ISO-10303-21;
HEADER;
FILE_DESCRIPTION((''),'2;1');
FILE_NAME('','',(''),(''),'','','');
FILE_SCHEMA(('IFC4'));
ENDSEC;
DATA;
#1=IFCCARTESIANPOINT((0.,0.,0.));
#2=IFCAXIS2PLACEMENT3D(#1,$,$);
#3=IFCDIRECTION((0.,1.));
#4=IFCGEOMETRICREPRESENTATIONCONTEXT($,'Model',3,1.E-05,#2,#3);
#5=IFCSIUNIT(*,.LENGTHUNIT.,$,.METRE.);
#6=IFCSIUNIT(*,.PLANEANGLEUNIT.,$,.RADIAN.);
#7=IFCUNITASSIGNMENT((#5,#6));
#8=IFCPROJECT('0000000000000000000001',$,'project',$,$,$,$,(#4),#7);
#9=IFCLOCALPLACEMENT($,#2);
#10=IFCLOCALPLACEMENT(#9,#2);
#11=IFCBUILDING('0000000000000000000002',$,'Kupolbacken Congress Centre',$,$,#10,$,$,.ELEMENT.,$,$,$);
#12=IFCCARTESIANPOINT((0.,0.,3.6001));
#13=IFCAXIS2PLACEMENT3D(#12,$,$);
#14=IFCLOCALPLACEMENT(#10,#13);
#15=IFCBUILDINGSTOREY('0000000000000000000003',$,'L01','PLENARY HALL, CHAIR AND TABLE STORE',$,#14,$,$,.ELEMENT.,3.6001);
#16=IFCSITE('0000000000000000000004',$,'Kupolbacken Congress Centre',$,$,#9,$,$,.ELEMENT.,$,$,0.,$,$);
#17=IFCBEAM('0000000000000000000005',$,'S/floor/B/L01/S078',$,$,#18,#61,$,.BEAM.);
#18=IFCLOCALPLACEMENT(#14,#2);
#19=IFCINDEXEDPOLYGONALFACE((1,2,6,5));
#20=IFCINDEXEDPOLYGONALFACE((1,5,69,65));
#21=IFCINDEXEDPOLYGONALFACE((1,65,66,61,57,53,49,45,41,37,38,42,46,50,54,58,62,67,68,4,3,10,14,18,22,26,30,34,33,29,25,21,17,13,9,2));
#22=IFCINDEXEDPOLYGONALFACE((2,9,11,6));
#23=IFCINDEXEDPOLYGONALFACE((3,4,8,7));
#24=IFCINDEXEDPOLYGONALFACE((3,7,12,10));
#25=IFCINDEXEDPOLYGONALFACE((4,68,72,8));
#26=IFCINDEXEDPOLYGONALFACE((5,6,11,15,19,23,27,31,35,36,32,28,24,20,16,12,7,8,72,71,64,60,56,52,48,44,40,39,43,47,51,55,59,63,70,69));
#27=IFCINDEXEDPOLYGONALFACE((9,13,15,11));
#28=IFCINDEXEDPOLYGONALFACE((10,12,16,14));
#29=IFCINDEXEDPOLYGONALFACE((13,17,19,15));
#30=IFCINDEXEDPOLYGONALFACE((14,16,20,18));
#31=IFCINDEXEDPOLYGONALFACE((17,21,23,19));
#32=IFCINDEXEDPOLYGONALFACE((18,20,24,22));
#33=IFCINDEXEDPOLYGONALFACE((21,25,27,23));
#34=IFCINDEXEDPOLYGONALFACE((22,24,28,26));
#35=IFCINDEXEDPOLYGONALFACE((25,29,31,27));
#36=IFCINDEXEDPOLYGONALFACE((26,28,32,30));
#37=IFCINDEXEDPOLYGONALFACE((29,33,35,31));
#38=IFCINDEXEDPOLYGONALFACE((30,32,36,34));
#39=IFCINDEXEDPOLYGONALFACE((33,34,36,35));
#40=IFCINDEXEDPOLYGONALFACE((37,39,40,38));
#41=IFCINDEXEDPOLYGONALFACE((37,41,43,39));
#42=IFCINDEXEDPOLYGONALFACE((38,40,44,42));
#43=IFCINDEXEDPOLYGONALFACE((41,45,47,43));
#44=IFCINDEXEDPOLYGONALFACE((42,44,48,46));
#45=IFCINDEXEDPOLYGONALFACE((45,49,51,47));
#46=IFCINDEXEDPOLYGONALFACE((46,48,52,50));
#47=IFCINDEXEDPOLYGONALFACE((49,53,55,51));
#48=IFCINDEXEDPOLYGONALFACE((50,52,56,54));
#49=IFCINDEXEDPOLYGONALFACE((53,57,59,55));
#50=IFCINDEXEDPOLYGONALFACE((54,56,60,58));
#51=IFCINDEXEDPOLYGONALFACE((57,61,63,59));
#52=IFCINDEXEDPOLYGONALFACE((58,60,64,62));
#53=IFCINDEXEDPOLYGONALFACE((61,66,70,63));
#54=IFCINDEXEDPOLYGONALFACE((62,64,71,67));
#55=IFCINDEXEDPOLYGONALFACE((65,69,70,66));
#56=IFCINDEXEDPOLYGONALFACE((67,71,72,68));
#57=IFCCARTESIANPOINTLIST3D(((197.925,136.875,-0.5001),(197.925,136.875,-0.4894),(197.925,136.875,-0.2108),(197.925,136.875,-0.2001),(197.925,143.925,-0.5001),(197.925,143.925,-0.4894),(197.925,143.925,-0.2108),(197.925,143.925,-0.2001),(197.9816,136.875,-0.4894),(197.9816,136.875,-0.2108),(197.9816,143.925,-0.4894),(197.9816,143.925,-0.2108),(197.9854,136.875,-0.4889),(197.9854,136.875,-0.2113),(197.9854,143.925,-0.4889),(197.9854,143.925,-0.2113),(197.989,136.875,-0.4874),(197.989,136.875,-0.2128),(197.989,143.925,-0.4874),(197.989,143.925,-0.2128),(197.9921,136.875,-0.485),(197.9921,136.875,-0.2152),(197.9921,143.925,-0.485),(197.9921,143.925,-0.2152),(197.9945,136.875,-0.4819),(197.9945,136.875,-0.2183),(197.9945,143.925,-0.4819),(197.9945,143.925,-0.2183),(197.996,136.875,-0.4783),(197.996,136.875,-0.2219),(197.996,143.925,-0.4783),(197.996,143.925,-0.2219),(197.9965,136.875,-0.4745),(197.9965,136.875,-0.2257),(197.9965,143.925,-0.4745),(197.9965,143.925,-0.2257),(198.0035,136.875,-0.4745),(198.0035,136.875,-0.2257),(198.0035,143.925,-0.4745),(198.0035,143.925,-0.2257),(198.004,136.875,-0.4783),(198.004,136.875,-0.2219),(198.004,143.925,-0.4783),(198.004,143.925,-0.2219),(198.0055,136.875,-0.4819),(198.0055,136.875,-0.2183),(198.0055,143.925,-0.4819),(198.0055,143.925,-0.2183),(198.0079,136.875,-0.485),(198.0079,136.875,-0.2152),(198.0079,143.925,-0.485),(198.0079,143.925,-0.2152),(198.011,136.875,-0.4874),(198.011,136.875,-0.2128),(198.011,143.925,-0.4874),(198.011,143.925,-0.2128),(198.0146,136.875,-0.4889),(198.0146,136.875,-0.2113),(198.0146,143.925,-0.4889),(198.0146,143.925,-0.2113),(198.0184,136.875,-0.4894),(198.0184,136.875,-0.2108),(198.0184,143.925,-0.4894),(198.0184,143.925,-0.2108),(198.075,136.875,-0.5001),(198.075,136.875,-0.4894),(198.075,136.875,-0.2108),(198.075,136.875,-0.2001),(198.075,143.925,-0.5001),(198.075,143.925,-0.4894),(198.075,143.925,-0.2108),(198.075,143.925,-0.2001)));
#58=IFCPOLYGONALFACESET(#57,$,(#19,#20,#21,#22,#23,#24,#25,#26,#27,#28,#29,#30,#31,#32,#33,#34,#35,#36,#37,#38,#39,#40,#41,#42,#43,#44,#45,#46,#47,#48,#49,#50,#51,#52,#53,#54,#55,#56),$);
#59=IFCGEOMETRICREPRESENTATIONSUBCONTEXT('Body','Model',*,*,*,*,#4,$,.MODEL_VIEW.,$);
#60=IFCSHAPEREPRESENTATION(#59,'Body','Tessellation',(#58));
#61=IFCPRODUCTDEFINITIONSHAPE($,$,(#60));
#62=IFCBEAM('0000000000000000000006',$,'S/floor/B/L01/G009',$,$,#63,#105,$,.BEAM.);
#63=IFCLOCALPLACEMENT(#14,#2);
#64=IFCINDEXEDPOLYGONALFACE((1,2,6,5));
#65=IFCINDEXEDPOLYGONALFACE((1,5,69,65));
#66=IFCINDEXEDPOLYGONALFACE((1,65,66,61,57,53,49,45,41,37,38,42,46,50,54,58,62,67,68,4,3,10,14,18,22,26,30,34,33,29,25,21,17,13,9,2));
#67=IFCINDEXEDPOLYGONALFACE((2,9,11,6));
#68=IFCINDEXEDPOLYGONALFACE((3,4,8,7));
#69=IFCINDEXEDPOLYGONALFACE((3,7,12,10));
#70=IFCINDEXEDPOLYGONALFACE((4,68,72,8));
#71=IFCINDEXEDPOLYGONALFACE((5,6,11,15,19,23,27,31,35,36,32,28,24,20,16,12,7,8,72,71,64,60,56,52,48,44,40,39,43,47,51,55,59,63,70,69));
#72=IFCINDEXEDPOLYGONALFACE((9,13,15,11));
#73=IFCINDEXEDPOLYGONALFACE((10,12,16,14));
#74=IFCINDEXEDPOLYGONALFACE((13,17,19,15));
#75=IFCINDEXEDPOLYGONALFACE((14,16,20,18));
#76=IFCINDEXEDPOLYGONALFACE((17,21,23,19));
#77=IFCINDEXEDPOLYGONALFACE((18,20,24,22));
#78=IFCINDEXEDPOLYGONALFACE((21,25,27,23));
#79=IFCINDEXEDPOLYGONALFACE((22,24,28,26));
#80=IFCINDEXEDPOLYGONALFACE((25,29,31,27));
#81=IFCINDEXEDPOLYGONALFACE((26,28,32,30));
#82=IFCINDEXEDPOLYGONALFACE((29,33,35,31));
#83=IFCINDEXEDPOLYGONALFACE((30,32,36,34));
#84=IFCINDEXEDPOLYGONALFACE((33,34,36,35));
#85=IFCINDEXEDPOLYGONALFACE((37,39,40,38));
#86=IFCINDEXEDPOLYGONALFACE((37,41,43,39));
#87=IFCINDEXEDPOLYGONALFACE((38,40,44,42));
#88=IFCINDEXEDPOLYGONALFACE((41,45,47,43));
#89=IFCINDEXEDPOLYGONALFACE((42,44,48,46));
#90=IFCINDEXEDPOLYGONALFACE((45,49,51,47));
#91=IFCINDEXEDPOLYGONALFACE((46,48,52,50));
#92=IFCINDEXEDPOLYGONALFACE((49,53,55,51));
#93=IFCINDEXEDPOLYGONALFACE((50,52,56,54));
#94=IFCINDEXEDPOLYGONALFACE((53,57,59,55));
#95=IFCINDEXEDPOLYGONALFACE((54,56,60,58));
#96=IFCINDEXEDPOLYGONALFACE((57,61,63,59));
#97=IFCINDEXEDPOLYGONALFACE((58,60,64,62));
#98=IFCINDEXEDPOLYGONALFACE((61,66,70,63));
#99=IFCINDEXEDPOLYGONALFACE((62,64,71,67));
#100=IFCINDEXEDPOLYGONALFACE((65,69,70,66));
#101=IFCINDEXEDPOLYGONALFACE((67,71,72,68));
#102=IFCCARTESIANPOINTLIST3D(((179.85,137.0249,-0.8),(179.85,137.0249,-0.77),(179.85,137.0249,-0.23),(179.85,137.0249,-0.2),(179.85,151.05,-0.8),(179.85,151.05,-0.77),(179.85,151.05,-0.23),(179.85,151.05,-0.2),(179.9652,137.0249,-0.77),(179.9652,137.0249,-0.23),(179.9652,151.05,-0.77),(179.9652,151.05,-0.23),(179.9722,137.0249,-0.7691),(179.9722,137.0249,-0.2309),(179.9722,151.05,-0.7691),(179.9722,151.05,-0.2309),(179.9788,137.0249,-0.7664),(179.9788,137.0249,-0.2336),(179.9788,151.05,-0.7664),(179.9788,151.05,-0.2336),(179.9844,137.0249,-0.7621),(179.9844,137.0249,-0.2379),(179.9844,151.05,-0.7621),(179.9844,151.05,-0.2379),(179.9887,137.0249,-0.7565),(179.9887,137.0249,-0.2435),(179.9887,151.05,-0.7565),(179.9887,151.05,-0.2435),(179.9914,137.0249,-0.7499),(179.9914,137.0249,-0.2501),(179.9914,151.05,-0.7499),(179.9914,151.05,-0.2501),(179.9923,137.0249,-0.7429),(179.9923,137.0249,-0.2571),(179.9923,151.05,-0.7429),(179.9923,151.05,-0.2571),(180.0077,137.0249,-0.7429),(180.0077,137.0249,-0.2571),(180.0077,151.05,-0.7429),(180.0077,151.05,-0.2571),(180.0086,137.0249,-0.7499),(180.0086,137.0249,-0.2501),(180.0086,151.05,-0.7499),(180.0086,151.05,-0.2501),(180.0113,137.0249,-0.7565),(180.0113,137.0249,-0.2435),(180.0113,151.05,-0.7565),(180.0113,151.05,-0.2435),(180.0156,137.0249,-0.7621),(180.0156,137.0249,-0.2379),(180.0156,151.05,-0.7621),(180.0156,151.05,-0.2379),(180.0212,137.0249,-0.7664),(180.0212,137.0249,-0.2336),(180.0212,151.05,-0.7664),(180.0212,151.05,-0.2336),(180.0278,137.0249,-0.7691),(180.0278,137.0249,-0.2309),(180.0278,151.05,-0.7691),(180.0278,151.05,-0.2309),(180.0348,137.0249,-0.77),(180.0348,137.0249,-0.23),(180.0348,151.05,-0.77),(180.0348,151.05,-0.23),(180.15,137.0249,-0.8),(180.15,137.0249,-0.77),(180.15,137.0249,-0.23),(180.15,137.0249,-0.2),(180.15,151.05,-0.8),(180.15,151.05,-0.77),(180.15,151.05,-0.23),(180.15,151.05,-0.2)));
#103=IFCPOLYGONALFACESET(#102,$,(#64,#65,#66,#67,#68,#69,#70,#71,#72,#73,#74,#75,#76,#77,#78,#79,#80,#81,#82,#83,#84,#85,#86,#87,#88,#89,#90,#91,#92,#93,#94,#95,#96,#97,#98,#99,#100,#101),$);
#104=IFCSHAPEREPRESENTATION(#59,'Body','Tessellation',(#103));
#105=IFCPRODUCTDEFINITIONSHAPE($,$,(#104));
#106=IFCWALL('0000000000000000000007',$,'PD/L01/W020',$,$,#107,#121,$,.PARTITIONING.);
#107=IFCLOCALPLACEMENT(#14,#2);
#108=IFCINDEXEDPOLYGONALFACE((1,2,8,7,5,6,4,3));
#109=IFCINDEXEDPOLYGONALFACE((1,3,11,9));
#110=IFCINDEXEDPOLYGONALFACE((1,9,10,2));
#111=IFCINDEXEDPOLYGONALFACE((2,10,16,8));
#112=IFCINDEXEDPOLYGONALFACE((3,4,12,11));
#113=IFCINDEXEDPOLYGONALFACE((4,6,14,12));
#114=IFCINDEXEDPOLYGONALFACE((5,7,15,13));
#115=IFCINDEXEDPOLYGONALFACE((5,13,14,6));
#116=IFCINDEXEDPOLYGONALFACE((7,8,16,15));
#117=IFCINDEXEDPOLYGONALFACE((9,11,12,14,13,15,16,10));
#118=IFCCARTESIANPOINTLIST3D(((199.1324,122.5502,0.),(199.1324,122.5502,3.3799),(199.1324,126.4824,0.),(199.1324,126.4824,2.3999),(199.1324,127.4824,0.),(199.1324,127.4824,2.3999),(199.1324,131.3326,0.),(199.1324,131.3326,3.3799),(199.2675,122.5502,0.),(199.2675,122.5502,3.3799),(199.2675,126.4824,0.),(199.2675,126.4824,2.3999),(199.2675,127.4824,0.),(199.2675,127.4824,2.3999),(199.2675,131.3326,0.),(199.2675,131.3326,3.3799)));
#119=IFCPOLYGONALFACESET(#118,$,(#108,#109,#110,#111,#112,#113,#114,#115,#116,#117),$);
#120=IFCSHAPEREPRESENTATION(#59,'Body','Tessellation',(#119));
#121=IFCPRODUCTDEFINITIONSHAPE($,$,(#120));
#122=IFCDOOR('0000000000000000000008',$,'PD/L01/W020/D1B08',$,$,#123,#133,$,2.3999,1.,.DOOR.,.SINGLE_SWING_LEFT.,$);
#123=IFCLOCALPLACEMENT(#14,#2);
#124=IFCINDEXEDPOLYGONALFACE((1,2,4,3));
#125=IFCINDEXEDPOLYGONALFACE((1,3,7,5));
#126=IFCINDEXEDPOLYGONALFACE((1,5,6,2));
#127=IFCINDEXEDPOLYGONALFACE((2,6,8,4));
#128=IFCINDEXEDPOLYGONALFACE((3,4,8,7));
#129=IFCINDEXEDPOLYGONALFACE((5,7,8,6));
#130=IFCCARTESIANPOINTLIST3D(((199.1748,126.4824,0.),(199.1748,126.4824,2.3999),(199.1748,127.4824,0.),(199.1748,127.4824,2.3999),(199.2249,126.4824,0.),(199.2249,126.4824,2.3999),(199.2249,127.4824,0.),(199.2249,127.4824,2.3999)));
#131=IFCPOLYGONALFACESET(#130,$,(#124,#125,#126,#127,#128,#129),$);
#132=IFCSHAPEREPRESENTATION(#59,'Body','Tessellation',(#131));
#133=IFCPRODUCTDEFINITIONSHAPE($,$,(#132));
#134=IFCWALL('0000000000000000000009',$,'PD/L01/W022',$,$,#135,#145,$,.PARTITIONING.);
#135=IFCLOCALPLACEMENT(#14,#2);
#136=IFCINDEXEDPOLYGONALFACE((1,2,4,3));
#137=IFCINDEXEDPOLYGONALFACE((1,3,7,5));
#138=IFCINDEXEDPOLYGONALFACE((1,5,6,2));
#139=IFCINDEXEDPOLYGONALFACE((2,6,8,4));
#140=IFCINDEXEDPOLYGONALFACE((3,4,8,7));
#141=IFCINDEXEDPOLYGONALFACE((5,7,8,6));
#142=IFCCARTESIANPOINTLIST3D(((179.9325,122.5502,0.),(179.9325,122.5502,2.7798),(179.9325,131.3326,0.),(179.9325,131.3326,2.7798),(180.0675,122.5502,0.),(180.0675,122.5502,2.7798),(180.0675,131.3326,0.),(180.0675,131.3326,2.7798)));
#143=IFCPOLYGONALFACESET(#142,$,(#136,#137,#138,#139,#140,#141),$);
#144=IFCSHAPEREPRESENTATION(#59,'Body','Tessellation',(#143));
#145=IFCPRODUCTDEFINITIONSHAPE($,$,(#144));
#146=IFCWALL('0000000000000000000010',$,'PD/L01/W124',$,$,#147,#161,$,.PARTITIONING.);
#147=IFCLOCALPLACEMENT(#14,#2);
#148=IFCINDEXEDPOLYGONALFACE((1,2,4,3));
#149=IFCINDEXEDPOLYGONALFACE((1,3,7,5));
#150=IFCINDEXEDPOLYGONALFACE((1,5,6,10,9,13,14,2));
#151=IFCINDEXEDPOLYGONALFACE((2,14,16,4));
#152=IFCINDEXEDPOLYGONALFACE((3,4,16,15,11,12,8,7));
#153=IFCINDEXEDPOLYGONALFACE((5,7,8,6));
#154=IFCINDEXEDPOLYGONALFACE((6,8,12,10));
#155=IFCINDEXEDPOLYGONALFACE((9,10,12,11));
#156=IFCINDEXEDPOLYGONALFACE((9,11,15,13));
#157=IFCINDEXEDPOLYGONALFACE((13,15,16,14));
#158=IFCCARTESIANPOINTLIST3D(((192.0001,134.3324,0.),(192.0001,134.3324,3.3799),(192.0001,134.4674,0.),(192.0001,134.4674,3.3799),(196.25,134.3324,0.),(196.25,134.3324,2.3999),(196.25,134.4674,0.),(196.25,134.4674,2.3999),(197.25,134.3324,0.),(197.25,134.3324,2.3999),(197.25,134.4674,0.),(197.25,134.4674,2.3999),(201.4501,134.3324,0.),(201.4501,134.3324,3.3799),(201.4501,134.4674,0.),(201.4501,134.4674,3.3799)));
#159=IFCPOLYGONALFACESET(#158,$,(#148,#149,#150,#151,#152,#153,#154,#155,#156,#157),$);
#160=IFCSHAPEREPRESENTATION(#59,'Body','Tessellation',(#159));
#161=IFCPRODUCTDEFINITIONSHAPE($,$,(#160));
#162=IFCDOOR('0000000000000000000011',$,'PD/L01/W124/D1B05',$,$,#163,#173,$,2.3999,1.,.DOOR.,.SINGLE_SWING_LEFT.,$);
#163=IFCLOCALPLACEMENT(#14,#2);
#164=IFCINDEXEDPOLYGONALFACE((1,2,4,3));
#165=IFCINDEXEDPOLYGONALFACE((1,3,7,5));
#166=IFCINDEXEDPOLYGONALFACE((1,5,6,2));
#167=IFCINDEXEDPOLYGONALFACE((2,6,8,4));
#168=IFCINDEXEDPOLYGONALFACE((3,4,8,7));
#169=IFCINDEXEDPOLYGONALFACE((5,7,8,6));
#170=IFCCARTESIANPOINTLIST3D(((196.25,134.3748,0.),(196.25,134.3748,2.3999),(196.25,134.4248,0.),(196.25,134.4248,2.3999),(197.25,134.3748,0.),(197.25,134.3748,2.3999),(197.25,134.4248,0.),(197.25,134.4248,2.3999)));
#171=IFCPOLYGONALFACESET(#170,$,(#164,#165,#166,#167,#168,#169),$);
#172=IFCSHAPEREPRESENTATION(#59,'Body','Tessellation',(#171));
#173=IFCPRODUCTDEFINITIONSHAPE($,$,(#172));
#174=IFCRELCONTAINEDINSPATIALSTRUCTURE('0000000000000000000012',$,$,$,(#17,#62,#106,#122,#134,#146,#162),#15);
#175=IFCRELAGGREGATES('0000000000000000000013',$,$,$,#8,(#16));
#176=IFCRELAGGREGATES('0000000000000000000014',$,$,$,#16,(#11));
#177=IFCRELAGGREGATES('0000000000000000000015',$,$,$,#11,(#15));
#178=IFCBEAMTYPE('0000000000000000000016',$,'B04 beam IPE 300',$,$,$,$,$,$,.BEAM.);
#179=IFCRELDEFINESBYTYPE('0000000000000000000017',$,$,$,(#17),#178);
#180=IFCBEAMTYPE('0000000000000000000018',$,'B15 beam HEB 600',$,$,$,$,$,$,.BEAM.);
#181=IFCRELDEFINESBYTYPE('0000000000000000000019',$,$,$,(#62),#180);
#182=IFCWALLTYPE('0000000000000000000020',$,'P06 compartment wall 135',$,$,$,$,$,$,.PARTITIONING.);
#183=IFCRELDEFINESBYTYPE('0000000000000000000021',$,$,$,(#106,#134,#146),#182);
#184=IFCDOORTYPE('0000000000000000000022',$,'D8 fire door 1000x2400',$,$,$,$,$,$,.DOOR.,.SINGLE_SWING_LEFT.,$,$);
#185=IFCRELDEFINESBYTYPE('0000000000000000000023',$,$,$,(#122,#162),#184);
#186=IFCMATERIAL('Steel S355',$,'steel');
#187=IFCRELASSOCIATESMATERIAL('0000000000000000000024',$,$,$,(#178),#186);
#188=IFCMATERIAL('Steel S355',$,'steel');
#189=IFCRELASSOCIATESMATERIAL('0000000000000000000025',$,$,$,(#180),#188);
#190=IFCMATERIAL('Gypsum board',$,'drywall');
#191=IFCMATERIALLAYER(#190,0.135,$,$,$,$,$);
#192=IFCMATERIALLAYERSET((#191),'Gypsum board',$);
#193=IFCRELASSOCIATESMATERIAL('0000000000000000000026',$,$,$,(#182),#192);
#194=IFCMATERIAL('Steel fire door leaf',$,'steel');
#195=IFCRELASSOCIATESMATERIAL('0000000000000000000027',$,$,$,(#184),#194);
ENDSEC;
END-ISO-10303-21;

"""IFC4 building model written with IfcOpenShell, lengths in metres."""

from ifc_helpers import new_model, si_unit, direction, frame, frame_2d, origin, origin_2d, place, context, subcontext, project, spatial, rectangle, i_section, extrude, material, layer, layer_set, material_profile, profile_set, type_object, element, fill, save


model = new_model("IFC4")

# Units and contexts
model_context = context("Model", 3, precision=1e-05, world=origin(), true_north=direction((0.0, 1.0)))
body_context = subcontext(model_context, "Body", "Model", "MODEL_VIEW")
ifc_project = project(units=[si_unit("LENGTHUNIT", "METRE"), si_unit("PLANEANGLEUNIT", "RADIAN")], contexts=[model_context])

# Site, building, storey
site_placement = place(None, origin())
site = spatial("IfcSite", under=ifc_project, at=site_placement, Name="Kupolbacken Congress Centre", CompositionType="ELEMENT", RefElevation=0.0)
building_placement = place(site_placement, origin())
building = spatial("IfcBuilding", under=site, at=building_placement, Name="Kupolbacken Congress Centre", CompositionType="ELEMENT")
storey_placement = place(building_placement, frame((0.0, 0.0, 3.6001)))
storey = spatial("IfcBuildingStorey", under=building, at=storey_placement, Name="L01", Description="PLENARY HALL, CHAIR AND TABLE STORE", CompositionType="ELEMENT", Elevation=3.6001)

# Beams
ifc_material_1 = material(Name="Steel S355", Category="steel")
ifc_material_profile_1 = material_profile(ifc_material_1, i_section(OverallWidth=0.1499, OverallDepth=0.3, WebThickness=0.0071, FlangeThickness=0.0107, FilletRadius=0.0149, at=origin_2d()), Name="IPE 300")
ifc_profile_set_1 = profile_set([ifc_material_profile_1], Name="Steel S355")
beam_type_1 = type_object("IfcBeamType", Name="B04 beam IPE 300", PredefinedType="BEAM", material=ifc_profile_set_1)
beam_1_placement = place(storey_placement, frame((198.0, 136.875, -0.3501), z_axis=(0.0, 1.0, 0.0), x_axis=(-1.0, 0.0, 0.0)))
element("IfcBeam", 1, at=beam_1_placement, inside=storey, type_object=beam_type_1, Name="S/floor/B/L01/S078", PredefinedType="BEAM", context=body_context, shape_type="SweptSolid", body=[
    extrude(i_section(OverallWidth=0.1499, OverallDepth=0.3, WebThickness=0.0071, FlangeThickness=0.0107, FilletRadius=0.0149, at=origin_2d()), origin(), (0.0, 0.0, 1.0), 7.05),
])
ifc_material_2 = material(Name="Steel S355", Category="steel")
ifc_material_profile_2 = material_profile(ifc_material_2, i_section(OverallWidth=0.3, OverallDepth=0.6001, WebThickness=0.0154, FlangeThickness=0.03, FilletRadius=0.0271, at=origin_2d()), Name="HEB 600")
ifc_profile_set_2 = profile_set([ifc_material_profile_2], Name="Steel S355")
beam_type_2 = type_object("IfcBeamType", Name="B15 beam HEB 600", PredefinedType="BEAM", material=ifc_profile_set_2)
beam_2_placement = place(storey_placement, frame((180.0, 137.0249, -0.5), z_axis=(0.0, 1.0, 0.0), x_axis=(-1.0, 0.0, 0.0)))
element("IfcBeam", 2, at=beam_2_placement, inside=storey, type_object=beam_type_2, Name="S/floor/B/L01/G009", PredefinedType="BEAM", context=body_context, shape_type="SweptSolid", body=[
    extrude(i_section(OverallWidth=0.3, OverallDepth=0.6001, WebThickness=0.0154, FlangeThickness=0.03, FilletRadius=0.0271, at=origin_2d()), origin(), (0.0, 0.0, 1.0), 14.0251),
])

# Wall, opening, door
ifc_material_3 = material(Name="Gypsum board", Category="drywall")
ifc_layer_1 = layer(ifc_material_3, 0.135)
ifc_layer_set_1 = layer_set([ifc_layer_1], Name="Gypsum board")
wall_type_1 = type_object("IfcWallType", Name="P06 compartment wall 135", PredefinedType="PARTITIONING", material=ifc_layer_set_1)
wall_1_placement = place(storey_placement, frame((199.2, 131.3325, 0.0), z_axis=(0.0, 0.0, 1.0), x_axis=(0.0, -1.0, 0.0)))
wall_1 = element("IfcWall", 3, at=wall_1_placement, inside=storey, type_object=wall_type_1, Name="PD/L01/W020", PredefinedType="PARTITIONING", context=body_context, shape_type="SweptSolid", body=[
    extrude(rectangle(XDim=8.7825, YDim=0.135, at=frame_2d((4.3911, 0.0))), origin(), (0.0, 0.0, 1.0), 3.3799),
])
opening_1_placement = place(wall_1_placement, frame((3.8501, 0.0, 0.0)))
opening_1 = element("IfcOpeningElement", 4, at=opening_1_placement, cuts=wall_1, PredefinedType="OPENING", context=body_context, shape_type="SweptSolid", body=[
    extrude(rectangle(XDim=1.0, YDim=2.3999, at=frame_2d((0.5, 1.2))), frame((0.0, 0.0774, 0.0), z_axis=(0.0, -1.0, 0.0), x_axis=(1.0, 0.0, 0.0)), (0.0, 0.0, 1.0), 0.155),
])
ifc_material_4 = material(Name="Steel fire door leaf", Category="steel")
door_type = type_object("IfcDoorType", Name="D8 fire door 1000x2400", OperationType="SINGLE_SWING_LEFT", PredefinedType="DOOR", material=ifc_material_4)
door_1_placement = place(opening_1_placement, origin())
door_1 = element("IfcDoor", 5, at=door_1_placement, inside=storey, type_object=door_type, Name="PD/L01/W020/D1B08", OperationType="SINGLE_SWING_LEFT", OverallHeight=2.3999, OverallWidth=1.0, PredefinedType="DOOR", context=body_context, shape_type="SweptSolid", body=[
    extrude(rectangle(XDim=1.0, YDim=2.3999, at=frame_2d((0.5, 1.2))), frame((0.0, 0.0249, 0.0), z_axis=(0.0, -1.0, 0.0), x_axis=(1.0, 0.0, 0.0)), (0.0, 0.0, 1.0), 0.05),
])
fill(opening_1, door_1)

# Wall
wall_2_placement = place(storey_placement, frame((180.0, 131.3325, 0.0), z_axis=(0.0, 0.0, 1.0), x_axis=(0.0, -1.0, 0.0)))
element("IfcWall", 6, at=wall_2_placement, inside=storey, type_object=wall_type_1, Name="PD/L01/W022", PredefinedType="PARTITIONING", context=body_context, shape_type="SweptSolid", body=[
    extrude(rectangle(XDim=8.7825, YDim=0.135, at=frame_2d((4.3911, 0.0))), origin(), (0.0, 0.0, 1.0), 2.7798),
])

# Wall, opening, door
wall_3_placement = place(storey_placement, frame((192.0, 134.3999, 0.0), z_axis=(0.0, 0.0, 1.0), x_axis=(1.0, 0.0, 0.0)))
wall_3 = element("IfcWall", 7, at=wall_3_placement, inside=storey, type_object=wall_type_1, Name="PD/L01/W124", PredefinedType="PARTITIONING", context=body_context, shape_type="SweptSolid", body=[
    extrude(rectangle(XDim=9.45, YDim=0.135, at=frame_2d((4.7251, 0.0))), origin(), (0.0, 0.0, 1.0), 3.3799),
])
opening_2_placement = place(wall_3_placement, frame((4.25, 0.0, 0.0)))
opening_2 = element("IfcOpeningElement", 8, at=opening_2_placement, cuts=wall_3, PredefinedType="OPENING", context=body_context, shape_type="SweptSolid", body=[
    extrude(rectangle(XDim=1.0, YDim=2.3999, at=frame_2d((0.5, 1.2))), frame((0.0, 0.0774, 0.0), z_axis=(0.0, -1.0, 0.0), x_axis=(1.0, 0.0, 0.0)), (0.0, 0.0, 1.0), 0.155),
])
door_2_placement = place(opening_2_placement, origin())
door_2 = element("IfcDoor", 9, at=door_2_placement, inside=storey, type_object=door_type, Name="PD/L01/W124/D1B05", OperationType="SINGLE_SWING_LEFT", OverallHeight=2.3999, OverallWidth=1.0, PredefinedType="DOOR", context=body_context, shape_type="SweptSolid", body=[
    extrude(rectangle(XDim=1.0, YDim=2.3999, at=frame_2d((0.5, 1.2))), frame((0.0, 0.0249, 0.0), z_axis=(0.0, -1.0, 0.0), x_axis=(1.0, 0.0, 0.0)), (0.0, 0.0, 1.0), 0.05),
])
fill(opening_2, door_2)

save(model, "model.ifc")
